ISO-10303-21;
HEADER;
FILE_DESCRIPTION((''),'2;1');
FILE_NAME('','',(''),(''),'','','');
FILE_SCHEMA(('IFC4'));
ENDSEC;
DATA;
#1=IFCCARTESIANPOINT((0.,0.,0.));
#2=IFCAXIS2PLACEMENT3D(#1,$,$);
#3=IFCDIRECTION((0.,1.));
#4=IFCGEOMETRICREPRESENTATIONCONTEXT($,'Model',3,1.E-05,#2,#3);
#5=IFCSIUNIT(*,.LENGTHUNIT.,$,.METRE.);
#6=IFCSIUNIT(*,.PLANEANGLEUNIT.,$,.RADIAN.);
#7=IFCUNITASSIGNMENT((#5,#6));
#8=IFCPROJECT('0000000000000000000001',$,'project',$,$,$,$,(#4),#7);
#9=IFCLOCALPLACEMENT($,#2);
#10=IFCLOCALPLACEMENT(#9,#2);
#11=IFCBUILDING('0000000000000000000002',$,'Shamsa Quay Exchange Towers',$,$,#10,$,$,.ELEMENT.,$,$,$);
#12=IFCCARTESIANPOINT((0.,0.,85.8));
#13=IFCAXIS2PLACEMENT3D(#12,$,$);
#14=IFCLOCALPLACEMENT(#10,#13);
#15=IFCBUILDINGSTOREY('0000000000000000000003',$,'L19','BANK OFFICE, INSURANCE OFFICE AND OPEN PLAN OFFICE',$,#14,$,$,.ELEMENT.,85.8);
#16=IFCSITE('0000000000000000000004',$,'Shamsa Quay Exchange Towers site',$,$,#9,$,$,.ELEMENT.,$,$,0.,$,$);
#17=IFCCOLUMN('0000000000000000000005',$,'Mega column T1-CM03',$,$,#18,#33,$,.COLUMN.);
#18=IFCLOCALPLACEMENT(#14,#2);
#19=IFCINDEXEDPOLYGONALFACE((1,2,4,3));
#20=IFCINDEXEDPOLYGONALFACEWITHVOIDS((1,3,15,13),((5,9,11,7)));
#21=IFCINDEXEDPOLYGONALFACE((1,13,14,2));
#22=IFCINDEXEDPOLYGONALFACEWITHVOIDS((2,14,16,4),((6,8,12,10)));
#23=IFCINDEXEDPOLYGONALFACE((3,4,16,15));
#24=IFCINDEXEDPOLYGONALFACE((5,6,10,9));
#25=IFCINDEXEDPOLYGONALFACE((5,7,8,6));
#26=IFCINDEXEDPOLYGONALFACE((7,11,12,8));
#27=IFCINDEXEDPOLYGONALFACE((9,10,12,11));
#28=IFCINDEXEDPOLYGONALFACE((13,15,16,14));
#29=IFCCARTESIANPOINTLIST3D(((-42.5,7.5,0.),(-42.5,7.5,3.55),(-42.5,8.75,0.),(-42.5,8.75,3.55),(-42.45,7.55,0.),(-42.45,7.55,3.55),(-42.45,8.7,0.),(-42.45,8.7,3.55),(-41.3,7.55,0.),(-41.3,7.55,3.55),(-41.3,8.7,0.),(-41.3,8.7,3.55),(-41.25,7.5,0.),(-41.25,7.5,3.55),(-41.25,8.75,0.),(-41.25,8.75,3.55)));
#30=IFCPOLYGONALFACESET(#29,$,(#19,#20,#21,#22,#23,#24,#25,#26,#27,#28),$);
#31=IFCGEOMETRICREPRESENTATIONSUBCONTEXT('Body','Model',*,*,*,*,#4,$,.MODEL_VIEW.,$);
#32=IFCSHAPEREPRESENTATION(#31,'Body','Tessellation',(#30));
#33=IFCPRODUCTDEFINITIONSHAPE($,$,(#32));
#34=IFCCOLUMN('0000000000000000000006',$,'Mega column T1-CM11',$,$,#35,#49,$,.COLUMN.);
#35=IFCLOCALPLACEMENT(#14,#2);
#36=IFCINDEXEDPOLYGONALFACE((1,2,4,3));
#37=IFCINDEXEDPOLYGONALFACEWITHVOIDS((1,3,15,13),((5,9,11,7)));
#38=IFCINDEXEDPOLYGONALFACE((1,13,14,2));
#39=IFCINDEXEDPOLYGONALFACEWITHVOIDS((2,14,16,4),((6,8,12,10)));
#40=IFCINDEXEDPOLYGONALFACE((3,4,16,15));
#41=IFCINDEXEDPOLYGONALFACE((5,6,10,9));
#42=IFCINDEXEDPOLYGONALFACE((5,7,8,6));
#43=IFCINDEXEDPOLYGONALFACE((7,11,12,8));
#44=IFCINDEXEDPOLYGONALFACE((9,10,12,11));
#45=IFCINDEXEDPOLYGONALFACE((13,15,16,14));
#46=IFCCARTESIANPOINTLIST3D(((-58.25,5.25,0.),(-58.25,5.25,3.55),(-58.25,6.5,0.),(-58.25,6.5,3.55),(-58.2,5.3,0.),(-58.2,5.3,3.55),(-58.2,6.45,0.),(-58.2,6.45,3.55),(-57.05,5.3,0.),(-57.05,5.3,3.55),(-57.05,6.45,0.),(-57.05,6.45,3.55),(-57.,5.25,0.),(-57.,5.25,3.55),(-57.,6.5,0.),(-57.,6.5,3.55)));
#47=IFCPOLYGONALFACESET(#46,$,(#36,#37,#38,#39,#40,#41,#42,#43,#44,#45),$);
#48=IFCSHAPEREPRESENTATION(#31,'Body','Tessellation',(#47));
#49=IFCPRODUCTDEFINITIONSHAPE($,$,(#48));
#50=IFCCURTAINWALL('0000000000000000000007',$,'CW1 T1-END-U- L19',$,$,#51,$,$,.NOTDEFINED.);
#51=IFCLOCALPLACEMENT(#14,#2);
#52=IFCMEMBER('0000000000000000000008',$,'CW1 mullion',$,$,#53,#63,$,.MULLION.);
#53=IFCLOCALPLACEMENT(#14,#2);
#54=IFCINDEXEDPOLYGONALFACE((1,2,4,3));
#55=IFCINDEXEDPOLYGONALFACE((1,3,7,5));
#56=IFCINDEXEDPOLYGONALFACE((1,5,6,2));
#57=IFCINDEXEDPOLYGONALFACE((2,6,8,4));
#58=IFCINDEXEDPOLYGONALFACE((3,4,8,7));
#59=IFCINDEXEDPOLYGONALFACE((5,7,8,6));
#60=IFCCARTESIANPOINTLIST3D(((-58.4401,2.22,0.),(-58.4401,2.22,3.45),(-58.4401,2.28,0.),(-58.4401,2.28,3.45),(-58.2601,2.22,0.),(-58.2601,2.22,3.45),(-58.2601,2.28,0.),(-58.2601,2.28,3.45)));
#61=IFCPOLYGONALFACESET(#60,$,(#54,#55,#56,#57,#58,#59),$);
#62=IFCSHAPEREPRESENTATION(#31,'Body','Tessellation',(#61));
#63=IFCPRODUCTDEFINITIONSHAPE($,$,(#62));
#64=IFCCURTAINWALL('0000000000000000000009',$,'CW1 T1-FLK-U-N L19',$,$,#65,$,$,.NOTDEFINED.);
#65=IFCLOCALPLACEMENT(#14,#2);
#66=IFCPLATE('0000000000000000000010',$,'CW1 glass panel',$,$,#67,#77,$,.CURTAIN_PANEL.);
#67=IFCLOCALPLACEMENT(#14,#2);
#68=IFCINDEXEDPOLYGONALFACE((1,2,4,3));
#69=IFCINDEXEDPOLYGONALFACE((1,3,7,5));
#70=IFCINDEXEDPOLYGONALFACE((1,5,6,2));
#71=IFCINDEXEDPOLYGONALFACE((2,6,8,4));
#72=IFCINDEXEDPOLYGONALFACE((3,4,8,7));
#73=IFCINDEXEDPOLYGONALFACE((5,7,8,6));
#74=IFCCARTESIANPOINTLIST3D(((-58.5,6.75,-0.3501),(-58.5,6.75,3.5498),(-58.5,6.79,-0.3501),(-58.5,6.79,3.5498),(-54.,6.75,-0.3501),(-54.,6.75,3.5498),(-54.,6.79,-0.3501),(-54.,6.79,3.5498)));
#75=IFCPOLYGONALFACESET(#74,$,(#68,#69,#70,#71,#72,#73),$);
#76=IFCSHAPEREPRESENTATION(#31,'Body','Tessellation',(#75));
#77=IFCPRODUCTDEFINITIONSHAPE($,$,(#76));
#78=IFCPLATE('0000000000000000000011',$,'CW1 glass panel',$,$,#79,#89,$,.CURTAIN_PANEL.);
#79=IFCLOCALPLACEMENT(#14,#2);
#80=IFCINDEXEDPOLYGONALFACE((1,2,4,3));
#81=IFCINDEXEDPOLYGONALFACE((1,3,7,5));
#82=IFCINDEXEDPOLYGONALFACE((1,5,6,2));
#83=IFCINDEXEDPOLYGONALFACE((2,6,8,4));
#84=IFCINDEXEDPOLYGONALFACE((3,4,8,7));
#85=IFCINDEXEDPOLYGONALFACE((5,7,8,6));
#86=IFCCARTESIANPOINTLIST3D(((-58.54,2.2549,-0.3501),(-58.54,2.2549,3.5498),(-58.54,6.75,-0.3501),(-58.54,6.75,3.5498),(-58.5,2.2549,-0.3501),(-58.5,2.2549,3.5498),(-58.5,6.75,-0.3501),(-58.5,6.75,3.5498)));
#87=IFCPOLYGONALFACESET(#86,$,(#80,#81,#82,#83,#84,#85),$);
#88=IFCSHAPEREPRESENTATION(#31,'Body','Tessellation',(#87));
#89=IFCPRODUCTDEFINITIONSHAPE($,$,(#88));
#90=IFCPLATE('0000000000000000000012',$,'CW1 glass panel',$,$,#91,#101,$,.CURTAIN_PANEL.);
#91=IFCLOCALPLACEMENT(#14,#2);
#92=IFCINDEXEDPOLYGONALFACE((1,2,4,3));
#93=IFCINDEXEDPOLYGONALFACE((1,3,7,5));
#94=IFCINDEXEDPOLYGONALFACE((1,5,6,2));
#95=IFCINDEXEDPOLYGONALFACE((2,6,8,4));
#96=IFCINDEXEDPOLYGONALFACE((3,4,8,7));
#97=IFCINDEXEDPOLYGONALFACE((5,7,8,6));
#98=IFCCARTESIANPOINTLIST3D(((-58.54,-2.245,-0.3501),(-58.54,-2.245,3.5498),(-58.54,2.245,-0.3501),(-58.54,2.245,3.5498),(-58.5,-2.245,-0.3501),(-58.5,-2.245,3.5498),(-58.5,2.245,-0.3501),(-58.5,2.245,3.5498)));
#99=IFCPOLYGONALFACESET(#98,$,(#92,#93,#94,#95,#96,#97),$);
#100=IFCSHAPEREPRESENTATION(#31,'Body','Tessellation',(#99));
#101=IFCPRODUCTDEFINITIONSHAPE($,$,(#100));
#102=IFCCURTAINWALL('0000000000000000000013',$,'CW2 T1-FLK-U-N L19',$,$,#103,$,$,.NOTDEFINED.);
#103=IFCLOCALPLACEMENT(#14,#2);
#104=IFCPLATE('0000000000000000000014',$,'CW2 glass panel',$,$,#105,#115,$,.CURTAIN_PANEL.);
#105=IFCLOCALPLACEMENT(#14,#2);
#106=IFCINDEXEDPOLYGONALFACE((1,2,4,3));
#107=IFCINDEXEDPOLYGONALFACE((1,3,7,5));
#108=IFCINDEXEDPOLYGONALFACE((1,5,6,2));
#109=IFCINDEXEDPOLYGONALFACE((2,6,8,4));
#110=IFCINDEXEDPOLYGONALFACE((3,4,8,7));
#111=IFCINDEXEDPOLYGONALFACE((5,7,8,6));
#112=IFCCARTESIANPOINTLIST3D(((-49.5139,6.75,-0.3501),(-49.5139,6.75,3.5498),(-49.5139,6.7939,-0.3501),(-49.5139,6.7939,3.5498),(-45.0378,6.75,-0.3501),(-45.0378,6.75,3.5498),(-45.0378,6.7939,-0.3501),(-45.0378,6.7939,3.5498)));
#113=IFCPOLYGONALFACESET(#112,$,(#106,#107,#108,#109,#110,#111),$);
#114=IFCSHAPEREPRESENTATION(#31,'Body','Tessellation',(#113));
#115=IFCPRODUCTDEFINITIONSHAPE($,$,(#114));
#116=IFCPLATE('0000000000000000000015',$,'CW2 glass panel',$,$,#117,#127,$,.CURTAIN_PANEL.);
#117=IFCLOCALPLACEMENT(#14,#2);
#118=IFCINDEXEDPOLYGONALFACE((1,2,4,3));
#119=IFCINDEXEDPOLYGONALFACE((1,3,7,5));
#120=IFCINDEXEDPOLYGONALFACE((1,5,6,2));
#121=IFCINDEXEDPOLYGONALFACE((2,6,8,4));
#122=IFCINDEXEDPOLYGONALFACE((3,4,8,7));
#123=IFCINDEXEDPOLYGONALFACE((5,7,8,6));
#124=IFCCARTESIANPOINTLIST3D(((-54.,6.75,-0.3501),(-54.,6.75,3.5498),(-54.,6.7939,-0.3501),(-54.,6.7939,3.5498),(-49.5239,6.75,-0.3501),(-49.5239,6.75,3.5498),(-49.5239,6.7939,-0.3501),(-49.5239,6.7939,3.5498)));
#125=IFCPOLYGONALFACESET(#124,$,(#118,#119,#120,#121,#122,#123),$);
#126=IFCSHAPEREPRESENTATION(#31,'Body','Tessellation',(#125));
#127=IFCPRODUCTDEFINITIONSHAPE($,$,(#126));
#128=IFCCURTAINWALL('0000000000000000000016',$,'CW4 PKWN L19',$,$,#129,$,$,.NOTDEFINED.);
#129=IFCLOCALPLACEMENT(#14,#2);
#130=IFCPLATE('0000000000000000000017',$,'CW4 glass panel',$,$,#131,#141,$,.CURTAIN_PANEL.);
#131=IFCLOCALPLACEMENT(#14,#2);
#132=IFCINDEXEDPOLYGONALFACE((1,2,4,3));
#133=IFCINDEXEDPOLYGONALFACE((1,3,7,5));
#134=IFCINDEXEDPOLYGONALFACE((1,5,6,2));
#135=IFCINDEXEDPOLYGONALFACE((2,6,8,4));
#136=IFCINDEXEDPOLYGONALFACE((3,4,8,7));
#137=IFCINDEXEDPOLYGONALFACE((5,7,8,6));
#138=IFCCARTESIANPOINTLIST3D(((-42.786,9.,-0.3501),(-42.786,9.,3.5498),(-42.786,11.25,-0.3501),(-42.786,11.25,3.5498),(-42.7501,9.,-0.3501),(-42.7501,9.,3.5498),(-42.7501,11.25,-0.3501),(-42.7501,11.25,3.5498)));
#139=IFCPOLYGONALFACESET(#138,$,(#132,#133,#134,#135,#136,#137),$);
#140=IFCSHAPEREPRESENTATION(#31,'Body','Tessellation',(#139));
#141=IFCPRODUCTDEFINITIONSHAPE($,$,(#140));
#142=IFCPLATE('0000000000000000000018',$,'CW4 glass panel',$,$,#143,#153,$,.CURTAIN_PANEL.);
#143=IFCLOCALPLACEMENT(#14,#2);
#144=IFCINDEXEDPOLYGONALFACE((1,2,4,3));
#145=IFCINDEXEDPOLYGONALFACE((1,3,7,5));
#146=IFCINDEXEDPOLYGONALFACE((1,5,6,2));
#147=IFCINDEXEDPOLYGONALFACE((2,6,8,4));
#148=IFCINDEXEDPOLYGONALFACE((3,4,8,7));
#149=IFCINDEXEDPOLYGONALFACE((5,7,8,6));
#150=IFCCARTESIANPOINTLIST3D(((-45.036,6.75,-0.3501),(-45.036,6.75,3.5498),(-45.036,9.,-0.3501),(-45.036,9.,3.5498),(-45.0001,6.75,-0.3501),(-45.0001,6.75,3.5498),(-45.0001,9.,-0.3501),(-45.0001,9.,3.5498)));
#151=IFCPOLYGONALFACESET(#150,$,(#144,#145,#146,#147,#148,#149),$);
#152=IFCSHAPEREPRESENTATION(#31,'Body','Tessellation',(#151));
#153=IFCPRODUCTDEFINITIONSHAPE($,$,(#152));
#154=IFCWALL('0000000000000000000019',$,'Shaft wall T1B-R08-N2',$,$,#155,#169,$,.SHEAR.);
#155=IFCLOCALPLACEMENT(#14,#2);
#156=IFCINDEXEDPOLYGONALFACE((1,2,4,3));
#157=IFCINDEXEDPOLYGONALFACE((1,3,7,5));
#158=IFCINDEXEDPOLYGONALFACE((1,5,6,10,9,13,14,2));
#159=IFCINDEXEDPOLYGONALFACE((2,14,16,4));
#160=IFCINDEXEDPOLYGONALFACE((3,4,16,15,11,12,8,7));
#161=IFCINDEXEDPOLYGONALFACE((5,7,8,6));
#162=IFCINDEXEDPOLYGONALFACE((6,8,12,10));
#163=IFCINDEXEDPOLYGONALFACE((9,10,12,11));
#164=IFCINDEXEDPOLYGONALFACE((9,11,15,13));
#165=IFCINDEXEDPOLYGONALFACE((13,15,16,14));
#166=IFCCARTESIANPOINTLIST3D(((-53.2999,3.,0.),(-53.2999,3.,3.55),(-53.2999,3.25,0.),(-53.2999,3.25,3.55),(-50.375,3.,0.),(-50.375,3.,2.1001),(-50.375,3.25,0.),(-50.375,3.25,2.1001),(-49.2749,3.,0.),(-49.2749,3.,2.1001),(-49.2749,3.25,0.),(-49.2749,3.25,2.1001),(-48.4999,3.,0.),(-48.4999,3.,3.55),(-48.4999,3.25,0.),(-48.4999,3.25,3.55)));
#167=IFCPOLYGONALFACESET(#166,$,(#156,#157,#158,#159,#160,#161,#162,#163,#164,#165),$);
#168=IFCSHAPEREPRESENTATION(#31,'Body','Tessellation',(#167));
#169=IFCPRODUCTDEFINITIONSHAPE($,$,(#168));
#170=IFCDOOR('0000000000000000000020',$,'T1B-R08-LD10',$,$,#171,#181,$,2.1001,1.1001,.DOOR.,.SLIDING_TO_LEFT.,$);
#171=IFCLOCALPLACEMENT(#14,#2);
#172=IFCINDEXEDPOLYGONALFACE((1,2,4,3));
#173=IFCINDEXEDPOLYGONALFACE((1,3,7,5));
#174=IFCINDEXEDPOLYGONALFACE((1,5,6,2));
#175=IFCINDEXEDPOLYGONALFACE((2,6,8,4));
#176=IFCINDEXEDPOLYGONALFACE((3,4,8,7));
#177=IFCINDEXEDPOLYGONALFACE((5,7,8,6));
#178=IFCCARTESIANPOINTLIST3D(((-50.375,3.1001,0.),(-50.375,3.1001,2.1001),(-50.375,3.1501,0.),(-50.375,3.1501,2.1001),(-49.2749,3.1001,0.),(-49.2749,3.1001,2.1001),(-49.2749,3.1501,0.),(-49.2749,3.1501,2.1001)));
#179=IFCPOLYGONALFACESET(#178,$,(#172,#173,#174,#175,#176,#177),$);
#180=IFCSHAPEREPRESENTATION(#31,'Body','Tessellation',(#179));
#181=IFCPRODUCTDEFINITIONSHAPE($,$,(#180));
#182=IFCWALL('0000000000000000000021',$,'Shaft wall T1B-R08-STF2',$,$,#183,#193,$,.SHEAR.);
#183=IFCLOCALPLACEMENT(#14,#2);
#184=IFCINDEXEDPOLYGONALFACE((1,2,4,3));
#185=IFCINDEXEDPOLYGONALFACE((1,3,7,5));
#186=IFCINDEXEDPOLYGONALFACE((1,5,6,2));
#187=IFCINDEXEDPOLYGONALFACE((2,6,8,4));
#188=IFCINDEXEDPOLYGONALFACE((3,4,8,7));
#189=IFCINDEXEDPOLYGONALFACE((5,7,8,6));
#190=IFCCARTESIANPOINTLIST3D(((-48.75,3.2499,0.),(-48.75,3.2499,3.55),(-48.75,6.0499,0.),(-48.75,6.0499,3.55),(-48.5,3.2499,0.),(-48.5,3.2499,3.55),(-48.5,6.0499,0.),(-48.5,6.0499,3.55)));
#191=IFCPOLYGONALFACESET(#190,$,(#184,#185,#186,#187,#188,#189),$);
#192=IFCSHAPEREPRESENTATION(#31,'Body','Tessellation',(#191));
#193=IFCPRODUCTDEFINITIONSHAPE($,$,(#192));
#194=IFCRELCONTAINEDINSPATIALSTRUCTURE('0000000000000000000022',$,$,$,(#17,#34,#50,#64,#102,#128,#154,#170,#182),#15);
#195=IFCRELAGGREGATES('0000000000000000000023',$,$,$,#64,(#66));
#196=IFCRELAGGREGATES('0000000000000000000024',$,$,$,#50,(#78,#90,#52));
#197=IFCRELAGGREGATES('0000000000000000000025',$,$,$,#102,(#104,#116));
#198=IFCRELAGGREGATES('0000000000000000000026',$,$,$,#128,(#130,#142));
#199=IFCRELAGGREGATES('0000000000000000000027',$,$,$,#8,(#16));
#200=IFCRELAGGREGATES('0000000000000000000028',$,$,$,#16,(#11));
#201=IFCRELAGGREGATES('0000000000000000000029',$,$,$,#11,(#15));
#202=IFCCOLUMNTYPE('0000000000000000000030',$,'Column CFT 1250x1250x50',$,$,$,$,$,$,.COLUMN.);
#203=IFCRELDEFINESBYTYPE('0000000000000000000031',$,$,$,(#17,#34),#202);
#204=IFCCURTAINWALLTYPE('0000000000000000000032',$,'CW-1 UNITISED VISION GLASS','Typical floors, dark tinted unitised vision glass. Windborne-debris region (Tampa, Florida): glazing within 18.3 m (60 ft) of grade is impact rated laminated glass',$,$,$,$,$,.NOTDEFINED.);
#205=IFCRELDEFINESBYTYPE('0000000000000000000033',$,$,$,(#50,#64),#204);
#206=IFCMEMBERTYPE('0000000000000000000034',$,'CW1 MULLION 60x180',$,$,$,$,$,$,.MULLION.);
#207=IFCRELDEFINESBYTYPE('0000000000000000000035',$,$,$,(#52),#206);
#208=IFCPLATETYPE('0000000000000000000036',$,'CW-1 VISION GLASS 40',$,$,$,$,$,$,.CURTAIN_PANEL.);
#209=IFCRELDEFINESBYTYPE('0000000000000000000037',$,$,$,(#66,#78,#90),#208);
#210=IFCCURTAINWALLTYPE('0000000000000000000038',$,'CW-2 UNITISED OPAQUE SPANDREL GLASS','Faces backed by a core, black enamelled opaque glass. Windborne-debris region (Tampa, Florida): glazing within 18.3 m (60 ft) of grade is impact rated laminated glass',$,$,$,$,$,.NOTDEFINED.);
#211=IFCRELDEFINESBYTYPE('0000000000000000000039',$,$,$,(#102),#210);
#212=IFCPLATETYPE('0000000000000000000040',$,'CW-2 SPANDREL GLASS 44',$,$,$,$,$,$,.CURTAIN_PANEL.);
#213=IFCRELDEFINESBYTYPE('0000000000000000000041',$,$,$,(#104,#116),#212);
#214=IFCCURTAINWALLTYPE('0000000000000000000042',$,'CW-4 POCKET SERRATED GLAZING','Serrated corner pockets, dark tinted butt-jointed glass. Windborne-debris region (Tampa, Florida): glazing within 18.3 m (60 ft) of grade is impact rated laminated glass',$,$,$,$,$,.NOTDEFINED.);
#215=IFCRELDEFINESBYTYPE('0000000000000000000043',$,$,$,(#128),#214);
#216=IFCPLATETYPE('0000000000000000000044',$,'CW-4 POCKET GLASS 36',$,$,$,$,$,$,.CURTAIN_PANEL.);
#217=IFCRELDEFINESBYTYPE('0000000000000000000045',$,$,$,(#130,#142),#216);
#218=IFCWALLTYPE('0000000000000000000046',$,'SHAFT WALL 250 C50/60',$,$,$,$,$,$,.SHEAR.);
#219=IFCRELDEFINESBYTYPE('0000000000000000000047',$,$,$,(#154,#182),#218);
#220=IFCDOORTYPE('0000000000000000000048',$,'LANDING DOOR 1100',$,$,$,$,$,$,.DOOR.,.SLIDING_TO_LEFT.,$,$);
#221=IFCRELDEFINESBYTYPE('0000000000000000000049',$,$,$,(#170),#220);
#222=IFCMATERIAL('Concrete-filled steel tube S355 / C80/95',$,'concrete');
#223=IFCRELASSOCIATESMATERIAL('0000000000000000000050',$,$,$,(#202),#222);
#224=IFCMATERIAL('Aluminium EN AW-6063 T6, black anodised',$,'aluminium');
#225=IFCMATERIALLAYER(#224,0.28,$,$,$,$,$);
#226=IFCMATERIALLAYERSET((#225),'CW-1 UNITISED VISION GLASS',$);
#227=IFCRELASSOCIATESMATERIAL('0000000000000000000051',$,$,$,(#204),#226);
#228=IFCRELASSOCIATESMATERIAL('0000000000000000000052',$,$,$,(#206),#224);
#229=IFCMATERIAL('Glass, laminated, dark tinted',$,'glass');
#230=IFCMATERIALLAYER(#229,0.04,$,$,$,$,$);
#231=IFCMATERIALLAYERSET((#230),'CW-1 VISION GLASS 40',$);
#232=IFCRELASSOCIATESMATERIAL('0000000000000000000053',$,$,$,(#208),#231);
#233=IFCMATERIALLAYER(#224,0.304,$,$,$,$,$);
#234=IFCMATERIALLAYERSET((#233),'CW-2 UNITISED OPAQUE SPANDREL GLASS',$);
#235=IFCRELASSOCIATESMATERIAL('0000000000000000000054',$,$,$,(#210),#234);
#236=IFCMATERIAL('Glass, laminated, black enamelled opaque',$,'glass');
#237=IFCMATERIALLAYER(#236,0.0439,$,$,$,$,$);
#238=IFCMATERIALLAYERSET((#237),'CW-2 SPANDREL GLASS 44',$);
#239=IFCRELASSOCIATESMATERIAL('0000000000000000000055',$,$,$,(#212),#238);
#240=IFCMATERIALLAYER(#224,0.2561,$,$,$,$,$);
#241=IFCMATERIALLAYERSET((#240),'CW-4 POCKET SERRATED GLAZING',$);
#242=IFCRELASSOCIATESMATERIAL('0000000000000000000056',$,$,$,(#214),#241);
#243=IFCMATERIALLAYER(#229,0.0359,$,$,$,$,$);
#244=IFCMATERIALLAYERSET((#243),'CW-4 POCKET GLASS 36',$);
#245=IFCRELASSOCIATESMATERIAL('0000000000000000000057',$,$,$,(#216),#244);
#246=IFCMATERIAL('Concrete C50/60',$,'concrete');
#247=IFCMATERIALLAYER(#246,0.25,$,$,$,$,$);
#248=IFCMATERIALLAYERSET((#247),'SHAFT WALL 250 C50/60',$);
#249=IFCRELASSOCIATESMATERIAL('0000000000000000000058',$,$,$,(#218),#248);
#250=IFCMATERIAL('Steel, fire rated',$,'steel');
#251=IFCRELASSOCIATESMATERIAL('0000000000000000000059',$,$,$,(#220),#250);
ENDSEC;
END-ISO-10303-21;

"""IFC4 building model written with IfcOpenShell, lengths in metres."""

from ifc_helpers import new_model, si_unit, direction, frame, frame_2d, origin, origin_2d, place, context, subcontext, project, spatial, rectangle, hollow_rectangle, extrude, material, layer, layer_set, material_profile, profile_set, type_object, element, fill, aggregate, save


model = new_model("IFC4")

# Units and contexts
model_context = context("Model", 3, precision=1e-05, world=origin(), true_north=direction((0.0, 1.0)))
body_context = subcontext(model_context, "Body", "Model", "MODEL_VIEW")
ifc_project = project(units=[si_unit("LENGTHUNIT", "METRE"), si_unit("PLANEANGLEUNIT", "RADIAN")], contexts=[model_context])

# Site, building, storey
site_placement = place(None, origin())
site = spatial("IfcSite", under=ifc_project, at=site_placement, Name="Shamsa Quay Exchange Towers site", CompositionType="ELEMENT", RefElevation=0.0)
building_placement = place(site_placement, origin())
building = spatial("IfcBuilding", under=site, at=building_placement, Name="Shamsa Quay Exchange Towers", CompositionType="ELEMENT")
storey_placement = place(building_placement, frame((0.0, 0.0, 85.8)))
storey = spatial("IfcBuildingStorey", under=building, at=storey_placement, Name="L19", Description="BANK OFFICE, INSURANCE OFFICE AND OPEN PLAN OFFICE", CompositionType="ELEMENT", Elevation=85.8)

# Columns
ifc_material_1 = material(Name="Concrete-filled steel tube S355 / C80/95", Category="concrete")
ifc_material_profile_1 = material_profile(ifc_material_1, hollow_rectangle(XDim=1.25, YDim=1.25, WallThickness=0.05, at=origin_2d()), Name="CFT 1250x1250x50")
ifc_profile_set_1 = profile_set([ifc_material_profile_1], Name="Concrete-filled steel tube S355 / C80/95")
column_type = type_object("IfcColumnType", Name="Column CFT 1250x1250x50", PredefinedType="COLUMN", material=ifc_profile_set_1)
for number, where, name in (
    (1, (-41.875, 8.125, 0.0), "Mega column T1-CM03"),
    (2, (-57.625, 5.875, 0.0), "Mega column T1-CM11"),
):
    element("IfcColumn", number, at=place(storey_placement, frame(where)), inside=storey, type_object=column_type, Name=name, PredefinedType="COLUMN", context=body_context, shape_type="SweptSolid", body=[
        extrude(hollow_rectangle(XDim=1.25, YDim=1.25, WallThickness=0.05, at=origin_2d()), origin(), (0.0, 0.0, 1.0), 3.55),
    ])

# Curtain wall, member
ifc_material_2 = material(Name="Aluminium EN AW-6063 T6, black anodised", Category="aluminium")
ifc_layer_1 = layer(ifc_material_2, 0.28)
ifc_layer_set_1 = layer_set([ifc_layer_1], Name="CW-1 UNITISED VISION GLASS")
curtain_wall_type_1 = type_object("IfcCurtainWallType", Name="CW-1 UNITISED VISION GLASS", Description="Typical floors, dark tinted unitised vision glass. Windborne-debris region (Tampa, Florida): glazing within 18.3 m (60 ft) of grade is impact rated laminated glass", PredefinedType="NOTDEFINED", material=ifc_layer_set_1)
curtain_wall_1_placement = place(storey_placement, origin())
curtain_wall_1 = element("IfcCurtainWall", 3, at=curtain_wall_1_placement, inside=storey, type_object=curtain_wall_type_1, Name="CW1 T1-END-U- L19", PredefinedType="NOTDEFINED")
ifc_material_profile_2 = material_profile(ifc_material_2, rectangle(XDim=0.1799, YDim=0.0601, at=origin_2d()), Name="MU60x180")
ifc_profile_set_2 = profile_set([ifc_material_profile_2], Name="Aluminium EN AW-6063 T6, black anodised")
member_type = type_object("IfcMemberType", Name="CW1 MULLION 60x180", PredefinedType="MULLION", material=ifc_profile_set_2)
member_placement = place(storey_placement, frame((-58.3501, 2.25, 0.0)))
member = element("IfcMember", 4, at=member_placement, type_object=member_type, Name="CW1 mullion", PredefinedType="MULLION", context=body_context, shape_type="SweptSolid", body=[
    extrude(rectangle(XDim=0.1799, YDim=0.0601, at=origin_2d()), origin(), (0.0, 0.0, 1.0), 3.45),
])

# Curtain wall, plate
curtain_wall_2_placement = place(storey_placement, origin())
curtain_wall_2 = element("IfcCurtainWall", 5, at=curtain_wall_2_placement, inside=storey, type_object=curtain_wall_type_1, Name="CW1 T1-FLK-U-N L19", PredefinedType="NOTDEFINED")
ifc_material_3 = material(Name="Glass, laminated, dark tinted", Category="glass")
ifc_layer_2 = layer(ifc_material_3, 0.04)
ifc_layer_set_2 = layer_set([ifc_layer_2], Name="CW-1 VISION GLASS 40")
plate_type_1 = type_object("IfcPlateType", Name="CW-1 VISION GLASS 40", PredefinedType="CURTAIN_PANEL", material=ifc_layer_set_2)
plate_1_placement = place(storey_placement, frame((-56.25, 6.77, -0.3501), z_axis=(0.0, 0.0, 1.0), x_axis=(-1.0, 0.0, 0.0)))
plate_1 = element("IfcPlate", 6, at=plate_1_placement, type_object=plate_type_1, Name="CW1 glass panel", PredefinedType="CURTAIN_PANEL", context=body_context, shape_type="SweptSolid", body=[
    extrude(rectangle(XDim=4.5, YDim=0.04, at=origin_2d()), origin(), (0.0, 0.0, 1.0), 3.8999),
])
aggregate(curtain_wall_2, [plate_1])

# Plates
plate_2_placement = place(storey_placement, frame((-58.52, 4.5024, -0.3501), z_axis=(0.0, 0.0, 1.0), x_axis=(0.0, -1.0, 0.0)))
plate_2 = element("IfcPlate", 7, at=plate_2_placement, type_object=plate_type_1, Name="CW1 glass panel", PredefinedType="CURTAIN_PANEL", context=body_context, shape_type="SweptSolid", body=[
    extrude(rectangle(XDim=4.4951, YDim=0.04, at=origin_2d()), origin(), (0.0, 0.0, 1.0), 3.8999),
])
plate_3_placement = place(storey_placement, frame((-58.52, 0.0, -0.3501), z_axis=(0.0, 0.0, 1.0), x_axis=(0.0, -1.0, 0.0)))
plate_3 = element("IfcPlate", 8, at=plate_3_placement, type_object=plate_type_1, Name="CW1 glass panel", PredefinedType="CURTAIN_PANEL", context=body_context, shape_type="SweptSolid", body=[
    extrude(rectangle(XDim=4.49, YDim=0.04, at=origin_2d()), origin(), (0.0, 0.0, 1.0), 3.8999),
])
aggregate(curtain_wall_1, [plate_2, plate_3, member])

# Curtain walls, plates
ifc_layer_3 = layer(ifc_material_2, 0.304)
ifc_layer_set_3 = layer_set([ifc_layer_3], Name="CW-2 UNITISED OPAQUE SPANDREL GLASS")
curtain_wall_type_2 = type_object("IfcCurtainWallType", Name="CW-2 UNITISED OPAQUE SPANDREL GLASS", Description="Faces backed by a core, black enamelled opaque glass. Windborne-debris region (Tampa, Florida): glazing within 18.3 m (60 ft) of grade is impact rated laminated glass", PredefinedType="NOTDEFINED", material=ifc_layer_set_3)
curtain_wall_3_placement = place(storey_placement, origin())
curtain_wall_3 = element("IfcCurtainWall", 9, at=curtain_wall_3_placement, inside=storey, type_object=curtain_wall_type_2, Name="CW2 T1-FLK-U-N L19", PredefinedType="NOTDEFINED")
ifc_material_4 = material(Name="Glass, laminated, black enamelled opaque", Category="glass")
ifc_layer_4 = layer(ifc_material_4, 0.0439)
ifc_layer_set_4 = layer_set([ifc_layer_4], Name="CW-2 SPANDREL GLASS 44")
plate_type_2 = type_object("IfcPlateType", Name="CW-2 SPANDREL GLASS 44", PredefinedType="CURTAIN_PANEL", material=ifc_layer_set_4)
plate_4_placement = place(storey_placement, frame((-47.2759, 6.772, -0.3501), z_axis=(0.0, 0.0, 1.0), x_axis=(-1.0, 0.0, 0.0)))
plate_4 = element("IfcPlate", 10, at=plate_4_placement, type_object=plate_type_2, Name="CW2 glass panel", PredefinedType="CURTAIN_PANEL", context=body_context, shape_type="SweptSolid", body=[
    extrude(rectangle(XDim=4.4761, YDim=0.0439, at=origin_2d()), origin(), (0.0, 0.0, 1.0), 3.8999),
])
plate_5_placement = place(storey_placement, frame((-51.762, 6.772, -0.3501), z_axis=(0.0, 0.0, 1.0), x_axis=(-1.0, 0.0, 0.0)))
plate_5 = element("IfcPlate", 11, at=plate_5_placement, type_object=plate_type_2, Name="CW2 glass panel", PredefinedType="CURTAIN_PANEL", context=body_context, shape_type="SweptSolid", body=[
    extrude(rectangle(XDim=4.4761, YDim=0.0439, at=origin_2d()), origin(), (0.0, 0.0, 1.0), 3.8999),
])
aggregate(curtain_wall_3, [plate_4, plate_5])
ifc_layer_5 = layer(ifc_material_2, 0.2561)
ifc_layer_set_5 = layer_set([ifc_layer_5], Name="CW-4 POCKET SERRATED GLAZING")
curtain_wall_type_3 = type_object("IfcCurtainWallType", Name="CW-4 POCKET SERRATED GLAZING", Description="Serrated corner pockets, dark tinted butt-jointed glass. Windborne-debris region (Tampa, Florida): glazing within 18.3 m (60 ft) of grade is impact rated laminated glass", PredefinedType="NOTDEFINED", material=ifc_layer_set_5)
curtain_wall_4_placement = place(storey_placement, origin())
curtain_wall_4 = element("IfcCurtainWall", 12, at=curtain_wall_4_placement, inside=storey, type_object=curtain_wall_type_3, Name="CW4 PKWN L19", PredefinedType="NOTDEFINED")
ifc_layer_6 = layer(ifc_material_3, 0.0359)
ifc_layer_set_6 = layer_set([ifc_layer_6], Name="CW-4 POCKET GLASS 36")
plate_type_3 = type_object("IfcPlateType", Name="CW-4 POCKET GLASS 36", PredefinedType="CURTAIN_PANEL", material=ifc_layer_set_6)
plate_6_placement = place(storey_placement, frame((-42.7681, 10.125, -0.3501), z_axis=(0.0, 0.0, 1.0), x_axis=(0.0, -1.0, 0.0)))
plate_6 = element("IfcPlate", 13, at=plate_6_placement, type_object=plate_type_3, Name="CW4 glass panel", PredefinedType="CURTAIN_PANEL", context=body_context, shape_type="SweptSolid", body=[
    extrude(rectangle(XDim=2.25, YDim=0.0359, at=origin_2d()), origin(), (0.0, 0.0, 1.0), 3.8999),
])
plate_7_placement = place(storey_placement, frame((-45.0181, 7.875, -0.3501), z_axis=(0.0, 0.0, 1.0), x_axis=(0.0, -1.0, 0.0)))
plate_7 = element("IfcPlate", 14, at=plate_7_placement, type_object=plate_type_3, Name="CW4 glass panel", PredefinedType="CURTAIN_PANEL", context=body_context, shape_type="SweptSolid", body=[
    extrude(rectangle(XDim=2.25, YDim=0.0359, at=origin_2d()), origin(), (0.0, 0.0, 1.0), 3.8999),
])
aggregate(curtain_wall_4, [plate_6, plate_7])

# Wall, opening, door
ifc_material_5 = material(Name="Concrete C50/60", Category="concrete")
ifc_layer_7 = layer(ifc_material_5, 0.25)
ifc_layer_set_7 = layer_set([ifc_layer_7], Name="SHAFT WALL 250 C50/60")
wall_type_1 = type_object("IfcWallType", Name="SHAFT WALL 250 C50/60", PredefinedType="SHEAR", material=ifc_layer_set_7)
wall_1_placement = place(storey_placement, frame((-48.5, 3.125, 0.0), z_axis=(0.0, 0.0, 1.0), x_axis=(-1.0, 0.0, 0.0)))
wall_1 = element("IfcWall", 15, at=wall_1_placement, inside=storey, type_object=wall_type_1, Name="Shaft wall T1B-R08-N2", PredefinedType="SHEAR", context=body_context, shape_type="SweptSolid", body=[
    extrude(rectangle(XDim=4.8, YDim=0.25, at=frame_2d((2.3999, 0.0))), origin(), (0.0, 0.0, 1.0), 3.55),
])
opening_1_placement = place(wall_1_placement, frame((0.7749, 0.0, 0.0)))
opening_1 = element("IfcOpeningElement", 16, at=opening_1_placement, cuts=wall_1, PredefinedType="OPENING", context=body_context, shape_type="SweptSolid", body=[
    extrude(rectangle(XDim=1.1001, YDim=2.1001, at=frame_2d((0.55, 1.05))), frame((0.0, 0.135, 0.0), z_axis=(0.0, -1.0, 0.0), x_axis=(1.0, 0.0, 0.0)), (0.0, 0.0, 1.0), 0.27),
])
ifc_material_6 = material(Name="Steel, fire rated", Category="steel")
door_type_1 = type_object("IfcDoorType", Name="LANDING DOOR 1100", OperationType="SLIDING_TO_LEFT", PredefinedType="DOOR", material=ifc_material_6)
door_1_placement = place(opening_1_placement, origin())
door_1 = element("IfcDoor", 17, at=door_1_placement, inside=storey, type_object=door_type_1, Name="T1B-R08-LD10", OperationType="SLIDING_TO_LEFT", OverallHeight=2.1001, OverallWidth=1.1001, PredefinedType="DOOR", context=body_context, shape_type="SweptSolid", body=[
    extrude(rectangle(XDim=1.1001, YDim=2.1001, at=frame_2d((0.55, 1.05))), frame((0.0, 0.0249, 0.0), z_axis=(0.0, -1.0, 0.0), x_axis=(1.0, 0.0, 0.0)), (0.0, 0.0, 1.0), 0.05),
])
fill(opening_1, door_1)

# Wall
for number, where, z_axis, x_axis, name in (
    (18, (-48.625, 3.25, 0.0), (0.0, 0.0, 1.0), (0.0, 1.0, 0.0), "Shaft wall T1B-R08-STF2"),
):
    element("IfcWall", number, at=place(storey_placement, frame(where, z_axis=z_axis, x_axis=x_axis)), inside=storey, type_object=wall_type_1, Name=name, PredefinedType="SHEAR", context=body_context, shape_type="SweptSolid", body=[
        extrude(rectangle(XDim=2.8, YDim=0.25, at=frame_2d((1.3999, 0.0))), origin(), (0.0, 0.0, 1.0), 3.55),
    ])

save(model, "model.ifc")
